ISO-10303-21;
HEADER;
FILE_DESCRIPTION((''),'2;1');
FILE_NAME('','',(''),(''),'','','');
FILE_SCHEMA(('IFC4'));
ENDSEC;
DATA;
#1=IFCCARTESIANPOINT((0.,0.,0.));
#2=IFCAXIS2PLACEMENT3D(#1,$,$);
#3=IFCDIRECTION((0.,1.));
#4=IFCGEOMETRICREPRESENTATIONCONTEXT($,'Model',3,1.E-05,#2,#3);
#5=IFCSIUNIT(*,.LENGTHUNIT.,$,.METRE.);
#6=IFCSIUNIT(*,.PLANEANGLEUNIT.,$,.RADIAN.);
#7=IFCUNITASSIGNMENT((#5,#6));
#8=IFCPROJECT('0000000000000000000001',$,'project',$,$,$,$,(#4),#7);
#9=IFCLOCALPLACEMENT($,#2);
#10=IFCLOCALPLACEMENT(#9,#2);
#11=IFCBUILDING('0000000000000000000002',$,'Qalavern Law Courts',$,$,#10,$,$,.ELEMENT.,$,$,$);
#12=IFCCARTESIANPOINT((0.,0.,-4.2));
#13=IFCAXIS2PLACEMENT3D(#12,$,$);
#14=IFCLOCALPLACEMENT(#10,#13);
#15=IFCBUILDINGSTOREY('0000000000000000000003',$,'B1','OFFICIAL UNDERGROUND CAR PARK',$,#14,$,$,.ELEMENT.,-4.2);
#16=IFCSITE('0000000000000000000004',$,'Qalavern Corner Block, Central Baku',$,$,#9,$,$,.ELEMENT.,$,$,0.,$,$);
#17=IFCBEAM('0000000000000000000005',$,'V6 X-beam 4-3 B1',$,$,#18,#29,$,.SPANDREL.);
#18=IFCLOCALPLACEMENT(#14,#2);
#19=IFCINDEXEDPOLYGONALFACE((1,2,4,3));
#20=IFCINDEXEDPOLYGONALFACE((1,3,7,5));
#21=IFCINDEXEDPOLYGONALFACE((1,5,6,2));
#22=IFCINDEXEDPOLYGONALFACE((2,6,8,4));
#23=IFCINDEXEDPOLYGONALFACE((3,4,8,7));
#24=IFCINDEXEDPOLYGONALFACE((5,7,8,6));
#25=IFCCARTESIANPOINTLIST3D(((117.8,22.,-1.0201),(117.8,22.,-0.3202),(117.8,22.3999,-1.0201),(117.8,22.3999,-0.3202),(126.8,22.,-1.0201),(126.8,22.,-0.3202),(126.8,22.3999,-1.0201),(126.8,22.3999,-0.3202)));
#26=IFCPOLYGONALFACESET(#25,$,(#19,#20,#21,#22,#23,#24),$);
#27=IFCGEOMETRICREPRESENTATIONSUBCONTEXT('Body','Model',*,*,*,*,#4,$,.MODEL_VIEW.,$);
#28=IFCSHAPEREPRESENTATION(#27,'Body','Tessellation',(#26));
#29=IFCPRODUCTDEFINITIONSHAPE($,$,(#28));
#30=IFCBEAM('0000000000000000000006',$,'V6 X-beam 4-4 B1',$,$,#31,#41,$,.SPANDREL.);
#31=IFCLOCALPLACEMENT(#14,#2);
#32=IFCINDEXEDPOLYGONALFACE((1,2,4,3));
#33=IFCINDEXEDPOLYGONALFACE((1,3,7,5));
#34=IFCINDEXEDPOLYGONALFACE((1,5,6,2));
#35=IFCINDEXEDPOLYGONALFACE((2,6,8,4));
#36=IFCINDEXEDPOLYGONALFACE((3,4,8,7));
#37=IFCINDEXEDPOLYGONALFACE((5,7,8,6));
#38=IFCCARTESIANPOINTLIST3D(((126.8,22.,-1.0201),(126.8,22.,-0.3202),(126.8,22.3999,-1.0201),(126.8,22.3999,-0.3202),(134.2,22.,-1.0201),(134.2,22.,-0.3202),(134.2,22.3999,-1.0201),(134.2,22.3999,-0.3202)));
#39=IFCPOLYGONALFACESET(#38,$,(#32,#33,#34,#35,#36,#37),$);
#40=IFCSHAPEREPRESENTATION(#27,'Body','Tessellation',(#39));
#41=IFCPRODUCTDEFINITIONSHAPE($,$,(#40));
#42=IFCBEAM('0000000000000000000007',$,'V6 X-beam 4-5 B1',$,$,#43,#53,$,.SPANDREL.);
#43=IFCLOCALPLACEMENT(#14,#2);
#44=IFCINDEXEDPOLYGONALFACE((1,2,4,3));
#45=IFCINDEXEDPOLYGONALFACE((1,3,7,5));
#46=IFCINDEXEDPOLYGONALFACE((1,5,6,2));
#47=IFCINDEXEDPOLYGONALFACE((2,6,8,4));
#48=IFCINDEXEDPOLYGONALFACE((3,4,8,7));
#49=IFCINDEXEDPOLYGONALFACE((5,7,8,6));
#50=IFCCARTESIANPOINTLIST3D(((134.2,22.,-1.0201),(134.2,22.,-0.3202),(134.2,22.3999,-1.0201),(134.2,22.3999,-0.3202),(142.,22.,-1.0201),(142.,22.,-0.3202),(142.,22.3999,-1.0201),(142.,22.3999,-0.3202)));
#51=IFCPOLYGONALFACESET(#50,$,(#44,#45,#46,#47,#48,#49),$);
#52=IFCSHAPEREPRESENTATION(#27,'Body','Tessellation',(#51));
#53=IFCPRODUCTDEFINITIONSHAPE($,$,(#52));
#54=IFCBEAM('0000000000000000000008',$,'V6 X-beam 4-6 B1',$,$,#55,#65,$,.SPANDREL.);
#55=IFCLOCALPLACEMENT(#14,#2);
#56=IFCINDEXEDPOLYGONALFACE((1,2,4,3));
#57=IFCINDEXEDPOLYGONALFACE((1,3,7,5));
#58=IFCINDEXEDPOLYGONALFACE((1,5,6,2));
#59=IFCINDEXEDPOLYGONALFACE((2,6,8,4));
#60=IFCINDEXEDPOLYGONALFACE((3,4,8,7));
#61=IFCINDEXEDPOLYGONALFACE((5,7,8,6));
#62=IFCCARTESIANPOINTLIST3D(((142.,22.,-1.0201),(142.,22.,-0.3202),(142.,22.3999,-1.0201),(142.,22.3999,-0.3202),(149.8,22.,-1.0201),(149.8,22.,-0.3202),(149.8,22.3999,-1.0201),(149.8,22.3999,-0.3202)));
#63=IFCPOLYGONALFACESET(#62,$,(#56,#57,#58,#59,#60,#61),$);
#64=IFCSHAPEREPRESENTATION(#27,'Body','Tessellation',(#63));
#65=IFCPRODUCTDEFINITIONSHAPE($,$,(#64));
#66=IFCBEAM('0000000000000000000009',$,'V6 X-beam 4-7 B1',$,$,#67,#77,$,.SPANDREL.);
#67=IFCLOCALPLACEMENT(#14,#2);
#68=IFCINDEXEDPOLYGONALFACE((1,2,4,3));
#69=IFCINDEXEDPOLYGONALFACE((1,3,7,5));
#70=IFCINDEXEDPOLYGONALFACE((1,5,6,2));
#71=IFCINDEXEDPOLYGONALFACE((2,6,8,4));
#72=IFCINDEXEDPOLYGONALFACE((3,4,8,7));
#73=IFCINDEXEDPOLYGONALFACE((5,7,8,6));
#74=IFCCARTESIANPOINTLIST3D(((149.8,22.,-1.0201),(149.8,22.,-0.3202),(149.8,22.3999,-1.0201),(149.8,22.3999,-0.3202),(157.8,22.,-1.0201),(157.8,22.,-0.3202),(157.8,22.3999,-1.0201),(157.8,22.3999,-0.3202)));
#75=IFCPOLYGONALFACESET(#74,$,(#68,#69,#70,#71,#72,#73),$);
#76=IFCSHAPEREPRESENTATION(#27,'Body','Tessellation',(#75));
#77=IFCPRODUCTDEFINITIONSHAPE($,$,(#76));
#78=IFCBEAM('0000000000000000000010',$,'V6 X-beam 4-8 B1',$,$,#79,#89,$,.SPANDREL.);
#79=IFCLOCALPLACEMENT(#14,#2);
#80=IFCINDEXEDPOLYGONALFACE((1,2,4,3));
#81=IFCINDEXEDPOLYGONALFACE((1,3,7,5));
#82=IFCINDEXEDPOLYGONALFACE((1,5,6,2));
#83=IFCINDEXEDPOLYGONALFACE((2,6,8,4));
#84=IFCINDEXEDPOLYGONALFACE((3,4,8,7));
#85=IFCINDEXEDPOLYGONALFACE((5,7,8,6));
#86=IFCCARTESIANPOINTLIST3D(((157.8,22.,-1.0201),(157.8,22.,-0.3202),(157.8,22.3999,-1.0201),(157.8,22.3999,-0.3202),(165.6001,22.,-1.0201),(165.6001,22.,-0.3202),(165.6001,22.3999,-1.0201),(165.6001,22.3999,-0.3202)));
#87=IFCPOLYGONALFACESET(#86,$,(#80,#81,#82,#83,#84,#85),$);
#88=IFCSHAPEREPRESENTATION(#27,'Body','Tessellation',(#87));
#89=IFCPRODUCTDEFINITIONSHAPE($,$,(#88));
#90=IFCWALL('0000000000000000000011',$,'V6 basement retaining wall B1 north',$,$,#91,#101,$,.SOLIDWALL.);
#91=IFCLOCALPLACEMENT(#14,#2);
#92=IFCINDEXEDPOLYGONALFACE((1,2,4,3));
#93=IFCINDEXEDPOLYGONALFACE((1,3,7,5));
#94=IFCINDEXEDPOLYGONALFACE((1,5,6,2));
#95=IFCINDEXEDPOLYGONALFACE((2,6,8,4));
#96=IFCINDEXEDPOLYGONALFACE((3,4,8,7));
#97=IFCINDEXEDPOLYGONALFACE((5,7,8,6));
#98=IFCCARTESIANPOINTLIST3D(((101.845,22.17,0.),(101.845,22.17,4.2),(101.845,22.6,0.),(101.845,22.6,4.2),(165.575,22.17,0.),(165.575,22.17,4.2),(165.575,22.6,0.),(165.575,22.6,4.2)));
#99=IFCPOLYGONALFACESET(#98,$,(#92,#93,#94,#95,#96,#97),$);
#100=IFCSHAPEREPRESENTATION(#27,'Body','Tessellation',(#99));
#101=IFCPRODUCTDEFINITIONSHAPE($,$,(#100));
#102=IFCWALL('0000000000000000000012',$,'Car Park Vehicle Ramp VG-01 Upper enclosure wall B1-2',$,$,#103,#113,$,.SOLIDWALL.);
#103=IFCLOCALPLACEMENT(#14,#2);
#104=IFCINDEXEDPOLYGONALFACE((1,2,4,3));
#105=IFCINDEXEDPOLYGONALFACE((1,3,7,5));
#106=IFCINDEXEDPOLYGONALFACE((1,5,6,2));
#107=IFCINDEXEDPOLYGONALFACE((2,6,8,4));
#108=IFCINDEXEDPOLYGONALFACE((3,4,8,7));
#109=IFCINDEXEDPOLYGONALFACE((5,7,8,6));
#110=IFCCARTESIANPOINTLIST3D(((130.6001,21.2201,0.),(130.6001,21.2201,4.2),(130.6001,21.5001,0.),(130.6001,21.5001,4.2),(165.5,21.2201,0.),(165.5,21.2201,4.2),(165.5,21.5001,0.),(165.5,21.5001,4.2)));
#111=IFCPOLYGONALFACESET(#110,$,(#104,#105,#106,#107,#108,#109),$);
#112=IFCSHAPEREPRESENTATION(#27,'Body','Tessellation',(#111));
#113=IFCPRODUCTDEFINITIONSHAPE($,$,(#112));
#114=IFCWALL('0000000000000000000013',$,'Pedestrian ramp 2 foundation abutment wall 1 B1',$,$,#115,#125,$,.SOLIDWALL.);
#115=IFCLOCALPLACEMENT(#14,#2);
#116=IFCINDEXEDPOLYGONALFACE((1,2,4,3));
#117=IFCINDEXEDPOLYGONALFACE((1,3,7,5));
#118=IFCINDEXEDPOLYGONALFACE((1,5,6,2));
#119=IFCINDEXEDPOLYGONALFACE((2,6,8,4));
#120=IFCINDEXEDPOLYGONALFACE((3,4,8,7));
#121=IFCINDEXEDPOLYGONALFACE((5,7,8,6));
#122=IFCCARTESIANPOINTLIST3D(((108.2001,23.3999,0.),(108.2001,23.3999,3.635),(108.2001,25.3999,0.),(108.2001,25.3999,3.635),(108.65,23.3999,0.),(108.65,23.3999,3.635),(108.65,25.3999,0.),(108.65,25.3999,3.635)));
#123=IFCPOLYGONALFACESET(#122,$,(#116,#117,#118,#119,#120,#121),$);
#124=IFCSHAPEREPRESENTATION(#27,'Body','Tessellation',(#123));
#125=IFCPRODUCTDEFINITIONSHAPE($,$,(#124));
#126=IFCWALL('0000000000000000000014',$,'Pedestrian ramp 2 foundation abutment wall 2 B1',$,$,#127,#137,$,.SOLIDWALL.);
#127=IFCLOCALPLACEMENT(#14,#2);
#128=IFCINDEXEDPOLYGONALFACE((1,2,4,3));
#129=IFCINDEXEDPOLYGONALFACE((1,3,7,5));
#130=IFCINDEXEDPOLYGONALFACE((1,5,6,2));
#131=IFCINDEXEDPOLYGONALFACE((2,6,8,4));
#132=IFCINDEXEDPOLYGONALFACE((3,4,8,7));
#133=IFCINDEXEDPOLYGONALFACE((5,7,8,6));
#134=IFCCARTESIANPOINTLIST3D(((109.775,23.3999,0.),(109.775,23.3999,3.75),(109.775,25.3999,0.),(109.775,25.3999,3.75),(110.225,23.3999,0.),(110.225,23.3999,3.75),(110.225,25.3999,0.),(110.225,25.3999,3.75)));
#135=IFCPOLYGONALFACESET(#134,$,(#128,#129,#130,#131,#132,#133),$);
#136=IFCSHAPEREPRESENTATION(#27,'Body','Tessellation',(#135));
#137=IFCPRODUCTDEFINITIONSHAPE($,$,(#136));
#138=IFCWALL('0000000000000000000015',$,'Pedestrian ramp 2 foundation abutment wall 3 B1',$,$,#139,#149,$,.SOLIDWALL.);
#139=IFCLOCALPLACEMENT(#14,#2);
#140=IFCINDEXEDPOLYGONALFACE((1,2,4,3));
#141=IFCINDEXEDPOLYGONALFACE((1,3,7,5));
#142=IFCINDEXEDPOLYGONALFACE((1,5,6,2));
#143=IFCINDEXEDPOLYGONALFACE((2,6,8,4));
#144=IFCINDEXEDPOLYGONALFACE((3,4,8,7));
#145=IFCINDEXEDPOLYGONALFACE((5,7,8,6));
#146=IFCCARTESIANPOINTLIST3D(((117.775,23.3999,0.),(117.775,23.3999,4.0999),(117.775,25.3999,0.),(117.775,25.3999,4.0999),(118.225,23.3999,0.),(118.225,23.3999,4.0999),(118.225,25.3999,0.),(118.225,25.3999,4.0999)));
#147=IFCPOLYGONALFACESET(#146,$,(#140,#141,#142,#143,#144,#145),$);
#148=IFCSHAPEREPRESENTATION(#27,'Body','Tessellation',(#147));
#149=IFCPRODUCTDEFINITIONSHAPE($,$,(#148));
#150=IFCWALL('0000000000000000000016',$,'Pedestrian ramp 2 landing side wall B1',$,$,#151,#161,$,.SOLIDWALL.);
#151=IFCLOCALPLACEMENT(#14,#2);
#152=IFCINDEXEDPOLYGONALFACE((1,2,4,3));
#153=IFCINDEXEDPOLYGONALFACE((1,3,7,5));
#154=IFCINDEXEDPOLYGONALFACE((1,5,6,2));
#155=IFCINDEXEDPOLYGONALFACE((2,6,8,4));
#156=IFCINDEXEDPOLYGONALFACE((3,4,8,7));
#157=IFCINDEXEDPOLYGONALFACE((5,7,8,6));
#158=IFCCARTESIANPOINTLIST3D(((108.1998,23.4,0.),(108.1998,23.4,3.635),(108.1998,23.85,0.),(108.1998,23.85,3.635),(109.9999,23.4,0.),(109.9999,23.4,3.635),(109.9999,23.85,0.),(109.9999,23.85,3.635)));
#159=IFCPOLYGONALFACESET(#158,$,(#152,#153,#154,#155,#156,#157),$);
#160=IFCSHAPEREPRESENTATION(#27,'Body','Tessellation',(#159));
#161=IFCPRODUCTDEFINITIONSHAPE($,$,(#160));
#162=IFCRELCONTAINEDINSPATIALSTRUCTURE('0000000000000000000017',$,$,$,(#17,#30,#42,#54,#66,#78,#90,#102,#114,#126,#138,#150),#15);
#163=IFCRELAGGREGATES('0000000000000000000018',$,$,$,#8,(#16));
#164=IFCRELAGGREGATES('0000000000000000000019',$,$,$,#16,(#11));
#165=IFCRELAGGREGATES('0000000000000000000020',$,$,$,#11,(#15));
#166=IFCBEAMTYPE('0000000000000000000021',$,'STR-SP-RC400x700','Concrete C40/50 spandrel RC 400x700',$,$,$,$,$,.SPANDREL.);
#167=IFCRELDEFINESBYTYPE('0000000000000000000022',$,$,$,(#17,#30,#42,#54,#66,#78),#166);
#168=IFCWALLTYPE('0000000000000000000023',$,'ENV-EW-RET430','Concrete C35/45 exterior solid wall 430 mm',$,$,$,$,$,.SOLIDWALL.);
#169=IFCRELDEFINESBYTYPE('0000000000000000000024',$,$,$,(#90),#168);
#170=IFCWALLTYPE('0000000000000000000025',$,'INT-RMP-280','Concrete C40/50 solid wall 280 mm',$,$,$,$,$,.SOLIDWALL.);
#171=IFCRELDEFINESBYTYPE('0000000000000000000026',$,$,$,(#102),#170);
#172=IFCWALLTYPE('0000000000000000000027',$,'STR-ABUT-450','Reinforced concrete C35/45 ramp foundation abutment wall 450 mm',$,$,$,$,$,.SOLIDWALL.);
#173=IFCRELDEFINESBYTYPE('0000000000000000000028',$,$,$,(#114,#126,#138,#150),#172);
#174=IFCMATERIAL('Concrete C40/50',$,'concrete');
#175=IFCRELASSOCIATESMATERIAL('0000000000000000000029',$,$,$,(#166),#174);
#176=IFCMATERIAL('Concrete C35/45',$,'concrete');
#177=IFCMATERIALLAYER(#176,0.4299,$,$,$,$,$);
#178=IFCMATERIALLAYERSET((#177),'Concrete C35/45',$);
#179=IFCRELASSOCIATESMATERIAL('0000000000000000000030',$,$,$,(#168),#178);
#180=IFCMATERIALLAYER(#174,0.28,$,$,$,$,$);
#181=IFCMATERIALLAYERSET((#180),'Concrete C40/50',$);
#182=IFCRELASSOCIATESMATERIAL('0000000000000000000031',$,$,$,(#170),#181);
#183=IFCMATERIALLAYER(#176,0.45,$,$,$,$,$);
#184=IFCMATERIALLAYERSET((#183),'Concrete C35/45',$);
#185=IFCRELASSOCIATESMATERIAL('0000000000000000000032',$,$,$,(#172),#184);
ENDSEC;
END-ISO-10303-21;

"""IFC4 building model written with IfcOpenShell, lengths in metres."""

from ifc_helpers import new_model, si_unit, direction, frame, frame_2d, origin, origin_2d, place, context, subcontext, project, spatial, rectangle, extrude, material, layer, layer_set, material_profile, profile_set, type_object, element, save


model = new_model("IFC4")

# Units and contexts
model_context = context("Model", 3, precision=1e-05, world=origin(), true_north=direction((0.0, 1.0)))
body_context = subcontext(model_context, "Body", "Model", "MODEL_VIEW")
ifc_project = project(units=[si_unit("LENGTHUNIT", "METRE"), si_unit("PLANEANGLEUNIT", "RADIAN")], contexts=[model_context])

# Site, building, storey
site_placement = place(None, origin())
site = spatial("IfcSite", under=ifc_project, at=site_placement, Name="Qalavern Corner Block, Central Baku", CompositionType="ELEMENT", RefElevation=0.0)
building_placement = place(site_placement, origin())
building = spatial("IfcBuilding", under=site, at=building_placement, Name="Qalavern Law Courts", CompositionType="ELEMENT")
storey_placement = place(building_placement, frame((0.0, 0.0, -4.2)))
storey = spatial("IfcBuildingStorey", under=building, at=storey_placement, Name="B1", Description="OFFICIAL UNDERGROUND CAR PARK", CompositionType="ELEMENT", Elevation=-4.2)

# Beams
ifc_material_1 = material(Name="Concrete C40/50", Category="concrete")
ifc_material_profile_1 = material_profile(ifc_material_1, rectangle(XDim=0.3999, YDim=0.7, at=origin_2d()), Name="RC 400x700")
ifc_profile_set_1 = profile_set([ifc_material_profile_1], Name="Concrete C40/50")
beam_type_1 = type_object("IfcBeamType", Name="STR-SP-RC400x700", Description="Concrete C40/50 spandrel RC 400x700", PredefinedType="SPANDREL", material=ifc_profile_set_1)
beam_1_placement = place(storey_placement, frame((117.8, 22.2, -0.6702), z_axis=(1.0, 0.0, 0.0), x_axis=(0.0, 1.0, 0.0)))
element("IfcBeam", 1, at=beam_1_placement, inside=storey, type_object=beam_type_1, Name="V6 X-beam 4-3 B1", PredefinedType="SPANDREL", context=body_context, shape_type="SweptSolid", body=[
    extrude(rectangle(XDim=0.3999, YDim=0.7, at=origin_2d()), origin(), (0.0, 0.0, 1.0), 9.0),
])
beam_2_placement = place(storey_placement, frame((126.8, 22.2, -0.6702), z_axis=(1.0, 0.0, 0.0), x_axis=(0.0, 1.0, 0.0)))
element("IfcBeam", 2, at=beam_2_placement, inside=storey, type_object=beam_type_1, Name="V6 X-beam 4-4 B1", PredefinedType="SPANDREL", context=body_context, shape_type="SweptSolid", body=[
    extrude(rectangle(XDim=0.3999, YDim=0.7, at=origin_2d()), origin(), (0.0, 0.0, 1.0), 7.3999),
])
for number, where, z_axis, x_axis, name in (
    (3, (134.2, 22.2, -0.6702), (1.0, 0.0, 0.0), (0.0, 1.0, 0.0), "V6 X-beam 4-5 B1"),
    (4, (142.0, 22.2, -0.6702), (1.0, 0.0, 0.0), (0.0, 1.0, 0.0), "V6 X-beam 4-6 B1"),
):
    element("IfcBeam", number, at=place(storey_placement, frame(where, z_axis=z_axis, x_axis=x_axis)), inside=storey, type_object=beam_type_1, Name=name, PredefinedType="SPANDREL", context=body_context, shape_type="SweptSolid", body=[
        extrude(rectangle(XDim=0.3999, YDim=0.7, at=origin_2d()), origin(), (0.0, 0.0, 1.0), 7.8),
    ])
beam_3_placement = place(storey_placement, frame((149.8, 22.2, -0.6702), z_axis=(1.0, 0.0, 0.0), x_axis=(0.0, 1.0, 0.0)))
element("IfcBeam", 5, at=beam_3_placement, inside=storey, type_object=beam_type_1, Name="V6 X-beam 4-7 B1", PredefinedType="SPANDREL", context=body_context, shape_type="SweptSolid", body=[
    extrude(rectangle(XDim=0.3999, YDim=0.7, at=origin_2d()), origin(), (0.0, 0.0, 1.0), 8.0),
])
beam_4_placement = place(storey_placement, frame((157.8, 22.2, -0.6702), z_axis=(1.0, 0.0, 0.0), x_axis=(0.0, 1.0, 0.0)))
element("IfcBeam", 6, at=beam_4_placement, inside=storey, type_object=beam_type_1, Name="V6 X-beam 4-8 B1", PredefinedType="SPANDREL", context=body_context, shape_type="SweptSolid", body=[
    extrude(rectangle(XDim=0.3999, YDim=0.7, at=origin_2d()), origin(), (0.0, 0.0, 1.0), 7.8),
])

# Walls
ifc_material_2 = material(Name="Concrete C35/45", Category="concrete")
ifc_layer_1 = layer(ifc_material_2, 0.4299)
ifc_layer_set_1 = layer_set([ifc_layer_1], Name="Concrete C35/45")
wall_type_1 = type_object("IfcWallType", Name="ENV-EW-RET430", Description="Concrete C35/45 exterior solid wall 430 mm", PredefinedType="SOLIDWALL", material=ifc_layer_set_1)
wall_1_placement = place(storey_placement, frame((165.575, 22.385, 0.0), z_axis=(0.0, 0.0, 1.0), x_axis=(-1.0, 0.0, 0.0)))
element("IfcWall", 7, at=wall_1_placement, inside=storey, type_object=wall_type_1, Name="V6 basement retaining wall B1 north", PredefinedType="SOLIDWALL", context=body_context, shape_type="SweptSolid", body=[
    extrude(rectangle(XDim=63.73, YDim=0.4299, at=frame_2d((31.865, 0.0))), origin(), (0.0, 0.0, 1.0), 4.2),
])
ifc_layer_2 = layer(ifc_material_1, 0.28)
ifc_layer_set_2 = layer_set([ifc_layer_2], Name="Concrete C40/50")
wall_type_2 = type_object("IfcWallType", Name="INT-RMP-280", Description="Concrete C40/50 solid wall 280 mm", PredefinedType="SOLIDWALL", material=ifc_layer_set_2)
wall_2_placement = place(storey_placement, frame((130.6001, 21.3601, 0.0), z_axis=(0.0, 0.0, 1.0), x_axis=(1.0, 0.0, 0.0)))
element("IfcWall", 8, at=wall_2_placement, inside=storey, type_object=wall_type_2, Name="Car Park Vehicle Ramp VG-01 Upper enclosure wall B1-2", PredefinedType="SOLIDWALL", context=body_context, shape_type="SweptSolid", body=[
    extrude(rectangle(XDim=34.8999, YDim=0.28, at=frame_2d((17.45, 0.0))), origin(), (0.0, 0.0, 1.0), 4.2),
])
ifc_layer_3 = layer(ifc_material_2, 0.45)
ifc_layer_set_3 = layer_set([ifc_layer_3], Name="Concrete C35/45")
wall_type_3 = type_object("IfcWallType", Name="STR-ABUT-450", Description="Reinforced concrete C35/45 ramp foundation abutment wall 450 mm", PredefinedType="SOLIDWALL", material=ifc_layer_set_3)
wall_3_placement = place(storey_placement, frame((108.425, 23.3999, 0.0), z_axis=(0.0, 0.0, 1.0), x_axis=(0.0, 1.0, 0.0)))
element("IfcWall", 9, at=wall_3_placement, inside=storey, type_object=wall_type_3, Name="Pedestrian ramp 2 foundation abutment wall 1 B1", PredefinedType="SOLIDWALL", context=body_context, shape_type="SweptSolid", body=[
    extrude(rectangle(XDim=2.0, YDim=0.45, at=frame_2d((1.0, 0.0))), origin(), (0.0, 0.0, 1.0), 3.635),
])
wall_4_placement = place(storey_placement, frame((110.0, 23.3999, 0.0), z_axis=(0.0, 0.0, 1.0), x_axis=(0.0, 1.0, 0.0)))
element("IfcWall", 10, at=wall_4_placement, inside=storey, type_object=wall_type_3, Name="Pedestrian ramp 2 foundation abutment wall 2 B1", PredefinedType="SOLIDWALL", context=body_context, shape_type="SweptSolid", body=[
    extrude(rectangle(XDim=2.0, YDim=0.45, at=frame_2d((1.0, 0.0))), origin(), (0.0, 0.0, 1.0), 3.75),
])
wall_5_placement = place(storey_placement, frame((118.0, 23.3999, 0.0), z_axis=(0.0, 0.0, 1.0), x_axis=(0.0, 1.0, 0.0)))
element("IfcWall", 11, at=wall_5_placement, inside=storey, type_object=wall_type_3, Name="Pedestrian ramp 2 foundation abutment wall 3 B1", PredefinedType="SOLIDWALL", context=body_context, shape_type="SweptSolid", body=[
    extrude(rectangle(XDim=2.0, YDim=0.45, at=frame_2d((1.0, 0.0))), origin(), (0.0, 0.0, 1.0), 4.0999),
])
wall_6_placement = place(storey_placement, frame((108.2, 23.625, 0.0), z_axis=(0.0, 0.0, 1.0), x_axis=(1.0, 0.0, 0.0)))
element("IfcWall", 12, at=wall_6_placement, inside=storey, type_object=wall_type_3, Name="Pedestrian ramp 2 landing side wall B1", PredefinedType="SOLIDWALL", context=body_context, shape_type="SweptSolid", body=[
    extrude(rectangle(XDim=1.8, YDim=0.45, at=frame_2d((0.8999, 0.0))), origin(), (0.0, 0.0, 1.0), 3.635),
])

save(model, "model.ifc")
